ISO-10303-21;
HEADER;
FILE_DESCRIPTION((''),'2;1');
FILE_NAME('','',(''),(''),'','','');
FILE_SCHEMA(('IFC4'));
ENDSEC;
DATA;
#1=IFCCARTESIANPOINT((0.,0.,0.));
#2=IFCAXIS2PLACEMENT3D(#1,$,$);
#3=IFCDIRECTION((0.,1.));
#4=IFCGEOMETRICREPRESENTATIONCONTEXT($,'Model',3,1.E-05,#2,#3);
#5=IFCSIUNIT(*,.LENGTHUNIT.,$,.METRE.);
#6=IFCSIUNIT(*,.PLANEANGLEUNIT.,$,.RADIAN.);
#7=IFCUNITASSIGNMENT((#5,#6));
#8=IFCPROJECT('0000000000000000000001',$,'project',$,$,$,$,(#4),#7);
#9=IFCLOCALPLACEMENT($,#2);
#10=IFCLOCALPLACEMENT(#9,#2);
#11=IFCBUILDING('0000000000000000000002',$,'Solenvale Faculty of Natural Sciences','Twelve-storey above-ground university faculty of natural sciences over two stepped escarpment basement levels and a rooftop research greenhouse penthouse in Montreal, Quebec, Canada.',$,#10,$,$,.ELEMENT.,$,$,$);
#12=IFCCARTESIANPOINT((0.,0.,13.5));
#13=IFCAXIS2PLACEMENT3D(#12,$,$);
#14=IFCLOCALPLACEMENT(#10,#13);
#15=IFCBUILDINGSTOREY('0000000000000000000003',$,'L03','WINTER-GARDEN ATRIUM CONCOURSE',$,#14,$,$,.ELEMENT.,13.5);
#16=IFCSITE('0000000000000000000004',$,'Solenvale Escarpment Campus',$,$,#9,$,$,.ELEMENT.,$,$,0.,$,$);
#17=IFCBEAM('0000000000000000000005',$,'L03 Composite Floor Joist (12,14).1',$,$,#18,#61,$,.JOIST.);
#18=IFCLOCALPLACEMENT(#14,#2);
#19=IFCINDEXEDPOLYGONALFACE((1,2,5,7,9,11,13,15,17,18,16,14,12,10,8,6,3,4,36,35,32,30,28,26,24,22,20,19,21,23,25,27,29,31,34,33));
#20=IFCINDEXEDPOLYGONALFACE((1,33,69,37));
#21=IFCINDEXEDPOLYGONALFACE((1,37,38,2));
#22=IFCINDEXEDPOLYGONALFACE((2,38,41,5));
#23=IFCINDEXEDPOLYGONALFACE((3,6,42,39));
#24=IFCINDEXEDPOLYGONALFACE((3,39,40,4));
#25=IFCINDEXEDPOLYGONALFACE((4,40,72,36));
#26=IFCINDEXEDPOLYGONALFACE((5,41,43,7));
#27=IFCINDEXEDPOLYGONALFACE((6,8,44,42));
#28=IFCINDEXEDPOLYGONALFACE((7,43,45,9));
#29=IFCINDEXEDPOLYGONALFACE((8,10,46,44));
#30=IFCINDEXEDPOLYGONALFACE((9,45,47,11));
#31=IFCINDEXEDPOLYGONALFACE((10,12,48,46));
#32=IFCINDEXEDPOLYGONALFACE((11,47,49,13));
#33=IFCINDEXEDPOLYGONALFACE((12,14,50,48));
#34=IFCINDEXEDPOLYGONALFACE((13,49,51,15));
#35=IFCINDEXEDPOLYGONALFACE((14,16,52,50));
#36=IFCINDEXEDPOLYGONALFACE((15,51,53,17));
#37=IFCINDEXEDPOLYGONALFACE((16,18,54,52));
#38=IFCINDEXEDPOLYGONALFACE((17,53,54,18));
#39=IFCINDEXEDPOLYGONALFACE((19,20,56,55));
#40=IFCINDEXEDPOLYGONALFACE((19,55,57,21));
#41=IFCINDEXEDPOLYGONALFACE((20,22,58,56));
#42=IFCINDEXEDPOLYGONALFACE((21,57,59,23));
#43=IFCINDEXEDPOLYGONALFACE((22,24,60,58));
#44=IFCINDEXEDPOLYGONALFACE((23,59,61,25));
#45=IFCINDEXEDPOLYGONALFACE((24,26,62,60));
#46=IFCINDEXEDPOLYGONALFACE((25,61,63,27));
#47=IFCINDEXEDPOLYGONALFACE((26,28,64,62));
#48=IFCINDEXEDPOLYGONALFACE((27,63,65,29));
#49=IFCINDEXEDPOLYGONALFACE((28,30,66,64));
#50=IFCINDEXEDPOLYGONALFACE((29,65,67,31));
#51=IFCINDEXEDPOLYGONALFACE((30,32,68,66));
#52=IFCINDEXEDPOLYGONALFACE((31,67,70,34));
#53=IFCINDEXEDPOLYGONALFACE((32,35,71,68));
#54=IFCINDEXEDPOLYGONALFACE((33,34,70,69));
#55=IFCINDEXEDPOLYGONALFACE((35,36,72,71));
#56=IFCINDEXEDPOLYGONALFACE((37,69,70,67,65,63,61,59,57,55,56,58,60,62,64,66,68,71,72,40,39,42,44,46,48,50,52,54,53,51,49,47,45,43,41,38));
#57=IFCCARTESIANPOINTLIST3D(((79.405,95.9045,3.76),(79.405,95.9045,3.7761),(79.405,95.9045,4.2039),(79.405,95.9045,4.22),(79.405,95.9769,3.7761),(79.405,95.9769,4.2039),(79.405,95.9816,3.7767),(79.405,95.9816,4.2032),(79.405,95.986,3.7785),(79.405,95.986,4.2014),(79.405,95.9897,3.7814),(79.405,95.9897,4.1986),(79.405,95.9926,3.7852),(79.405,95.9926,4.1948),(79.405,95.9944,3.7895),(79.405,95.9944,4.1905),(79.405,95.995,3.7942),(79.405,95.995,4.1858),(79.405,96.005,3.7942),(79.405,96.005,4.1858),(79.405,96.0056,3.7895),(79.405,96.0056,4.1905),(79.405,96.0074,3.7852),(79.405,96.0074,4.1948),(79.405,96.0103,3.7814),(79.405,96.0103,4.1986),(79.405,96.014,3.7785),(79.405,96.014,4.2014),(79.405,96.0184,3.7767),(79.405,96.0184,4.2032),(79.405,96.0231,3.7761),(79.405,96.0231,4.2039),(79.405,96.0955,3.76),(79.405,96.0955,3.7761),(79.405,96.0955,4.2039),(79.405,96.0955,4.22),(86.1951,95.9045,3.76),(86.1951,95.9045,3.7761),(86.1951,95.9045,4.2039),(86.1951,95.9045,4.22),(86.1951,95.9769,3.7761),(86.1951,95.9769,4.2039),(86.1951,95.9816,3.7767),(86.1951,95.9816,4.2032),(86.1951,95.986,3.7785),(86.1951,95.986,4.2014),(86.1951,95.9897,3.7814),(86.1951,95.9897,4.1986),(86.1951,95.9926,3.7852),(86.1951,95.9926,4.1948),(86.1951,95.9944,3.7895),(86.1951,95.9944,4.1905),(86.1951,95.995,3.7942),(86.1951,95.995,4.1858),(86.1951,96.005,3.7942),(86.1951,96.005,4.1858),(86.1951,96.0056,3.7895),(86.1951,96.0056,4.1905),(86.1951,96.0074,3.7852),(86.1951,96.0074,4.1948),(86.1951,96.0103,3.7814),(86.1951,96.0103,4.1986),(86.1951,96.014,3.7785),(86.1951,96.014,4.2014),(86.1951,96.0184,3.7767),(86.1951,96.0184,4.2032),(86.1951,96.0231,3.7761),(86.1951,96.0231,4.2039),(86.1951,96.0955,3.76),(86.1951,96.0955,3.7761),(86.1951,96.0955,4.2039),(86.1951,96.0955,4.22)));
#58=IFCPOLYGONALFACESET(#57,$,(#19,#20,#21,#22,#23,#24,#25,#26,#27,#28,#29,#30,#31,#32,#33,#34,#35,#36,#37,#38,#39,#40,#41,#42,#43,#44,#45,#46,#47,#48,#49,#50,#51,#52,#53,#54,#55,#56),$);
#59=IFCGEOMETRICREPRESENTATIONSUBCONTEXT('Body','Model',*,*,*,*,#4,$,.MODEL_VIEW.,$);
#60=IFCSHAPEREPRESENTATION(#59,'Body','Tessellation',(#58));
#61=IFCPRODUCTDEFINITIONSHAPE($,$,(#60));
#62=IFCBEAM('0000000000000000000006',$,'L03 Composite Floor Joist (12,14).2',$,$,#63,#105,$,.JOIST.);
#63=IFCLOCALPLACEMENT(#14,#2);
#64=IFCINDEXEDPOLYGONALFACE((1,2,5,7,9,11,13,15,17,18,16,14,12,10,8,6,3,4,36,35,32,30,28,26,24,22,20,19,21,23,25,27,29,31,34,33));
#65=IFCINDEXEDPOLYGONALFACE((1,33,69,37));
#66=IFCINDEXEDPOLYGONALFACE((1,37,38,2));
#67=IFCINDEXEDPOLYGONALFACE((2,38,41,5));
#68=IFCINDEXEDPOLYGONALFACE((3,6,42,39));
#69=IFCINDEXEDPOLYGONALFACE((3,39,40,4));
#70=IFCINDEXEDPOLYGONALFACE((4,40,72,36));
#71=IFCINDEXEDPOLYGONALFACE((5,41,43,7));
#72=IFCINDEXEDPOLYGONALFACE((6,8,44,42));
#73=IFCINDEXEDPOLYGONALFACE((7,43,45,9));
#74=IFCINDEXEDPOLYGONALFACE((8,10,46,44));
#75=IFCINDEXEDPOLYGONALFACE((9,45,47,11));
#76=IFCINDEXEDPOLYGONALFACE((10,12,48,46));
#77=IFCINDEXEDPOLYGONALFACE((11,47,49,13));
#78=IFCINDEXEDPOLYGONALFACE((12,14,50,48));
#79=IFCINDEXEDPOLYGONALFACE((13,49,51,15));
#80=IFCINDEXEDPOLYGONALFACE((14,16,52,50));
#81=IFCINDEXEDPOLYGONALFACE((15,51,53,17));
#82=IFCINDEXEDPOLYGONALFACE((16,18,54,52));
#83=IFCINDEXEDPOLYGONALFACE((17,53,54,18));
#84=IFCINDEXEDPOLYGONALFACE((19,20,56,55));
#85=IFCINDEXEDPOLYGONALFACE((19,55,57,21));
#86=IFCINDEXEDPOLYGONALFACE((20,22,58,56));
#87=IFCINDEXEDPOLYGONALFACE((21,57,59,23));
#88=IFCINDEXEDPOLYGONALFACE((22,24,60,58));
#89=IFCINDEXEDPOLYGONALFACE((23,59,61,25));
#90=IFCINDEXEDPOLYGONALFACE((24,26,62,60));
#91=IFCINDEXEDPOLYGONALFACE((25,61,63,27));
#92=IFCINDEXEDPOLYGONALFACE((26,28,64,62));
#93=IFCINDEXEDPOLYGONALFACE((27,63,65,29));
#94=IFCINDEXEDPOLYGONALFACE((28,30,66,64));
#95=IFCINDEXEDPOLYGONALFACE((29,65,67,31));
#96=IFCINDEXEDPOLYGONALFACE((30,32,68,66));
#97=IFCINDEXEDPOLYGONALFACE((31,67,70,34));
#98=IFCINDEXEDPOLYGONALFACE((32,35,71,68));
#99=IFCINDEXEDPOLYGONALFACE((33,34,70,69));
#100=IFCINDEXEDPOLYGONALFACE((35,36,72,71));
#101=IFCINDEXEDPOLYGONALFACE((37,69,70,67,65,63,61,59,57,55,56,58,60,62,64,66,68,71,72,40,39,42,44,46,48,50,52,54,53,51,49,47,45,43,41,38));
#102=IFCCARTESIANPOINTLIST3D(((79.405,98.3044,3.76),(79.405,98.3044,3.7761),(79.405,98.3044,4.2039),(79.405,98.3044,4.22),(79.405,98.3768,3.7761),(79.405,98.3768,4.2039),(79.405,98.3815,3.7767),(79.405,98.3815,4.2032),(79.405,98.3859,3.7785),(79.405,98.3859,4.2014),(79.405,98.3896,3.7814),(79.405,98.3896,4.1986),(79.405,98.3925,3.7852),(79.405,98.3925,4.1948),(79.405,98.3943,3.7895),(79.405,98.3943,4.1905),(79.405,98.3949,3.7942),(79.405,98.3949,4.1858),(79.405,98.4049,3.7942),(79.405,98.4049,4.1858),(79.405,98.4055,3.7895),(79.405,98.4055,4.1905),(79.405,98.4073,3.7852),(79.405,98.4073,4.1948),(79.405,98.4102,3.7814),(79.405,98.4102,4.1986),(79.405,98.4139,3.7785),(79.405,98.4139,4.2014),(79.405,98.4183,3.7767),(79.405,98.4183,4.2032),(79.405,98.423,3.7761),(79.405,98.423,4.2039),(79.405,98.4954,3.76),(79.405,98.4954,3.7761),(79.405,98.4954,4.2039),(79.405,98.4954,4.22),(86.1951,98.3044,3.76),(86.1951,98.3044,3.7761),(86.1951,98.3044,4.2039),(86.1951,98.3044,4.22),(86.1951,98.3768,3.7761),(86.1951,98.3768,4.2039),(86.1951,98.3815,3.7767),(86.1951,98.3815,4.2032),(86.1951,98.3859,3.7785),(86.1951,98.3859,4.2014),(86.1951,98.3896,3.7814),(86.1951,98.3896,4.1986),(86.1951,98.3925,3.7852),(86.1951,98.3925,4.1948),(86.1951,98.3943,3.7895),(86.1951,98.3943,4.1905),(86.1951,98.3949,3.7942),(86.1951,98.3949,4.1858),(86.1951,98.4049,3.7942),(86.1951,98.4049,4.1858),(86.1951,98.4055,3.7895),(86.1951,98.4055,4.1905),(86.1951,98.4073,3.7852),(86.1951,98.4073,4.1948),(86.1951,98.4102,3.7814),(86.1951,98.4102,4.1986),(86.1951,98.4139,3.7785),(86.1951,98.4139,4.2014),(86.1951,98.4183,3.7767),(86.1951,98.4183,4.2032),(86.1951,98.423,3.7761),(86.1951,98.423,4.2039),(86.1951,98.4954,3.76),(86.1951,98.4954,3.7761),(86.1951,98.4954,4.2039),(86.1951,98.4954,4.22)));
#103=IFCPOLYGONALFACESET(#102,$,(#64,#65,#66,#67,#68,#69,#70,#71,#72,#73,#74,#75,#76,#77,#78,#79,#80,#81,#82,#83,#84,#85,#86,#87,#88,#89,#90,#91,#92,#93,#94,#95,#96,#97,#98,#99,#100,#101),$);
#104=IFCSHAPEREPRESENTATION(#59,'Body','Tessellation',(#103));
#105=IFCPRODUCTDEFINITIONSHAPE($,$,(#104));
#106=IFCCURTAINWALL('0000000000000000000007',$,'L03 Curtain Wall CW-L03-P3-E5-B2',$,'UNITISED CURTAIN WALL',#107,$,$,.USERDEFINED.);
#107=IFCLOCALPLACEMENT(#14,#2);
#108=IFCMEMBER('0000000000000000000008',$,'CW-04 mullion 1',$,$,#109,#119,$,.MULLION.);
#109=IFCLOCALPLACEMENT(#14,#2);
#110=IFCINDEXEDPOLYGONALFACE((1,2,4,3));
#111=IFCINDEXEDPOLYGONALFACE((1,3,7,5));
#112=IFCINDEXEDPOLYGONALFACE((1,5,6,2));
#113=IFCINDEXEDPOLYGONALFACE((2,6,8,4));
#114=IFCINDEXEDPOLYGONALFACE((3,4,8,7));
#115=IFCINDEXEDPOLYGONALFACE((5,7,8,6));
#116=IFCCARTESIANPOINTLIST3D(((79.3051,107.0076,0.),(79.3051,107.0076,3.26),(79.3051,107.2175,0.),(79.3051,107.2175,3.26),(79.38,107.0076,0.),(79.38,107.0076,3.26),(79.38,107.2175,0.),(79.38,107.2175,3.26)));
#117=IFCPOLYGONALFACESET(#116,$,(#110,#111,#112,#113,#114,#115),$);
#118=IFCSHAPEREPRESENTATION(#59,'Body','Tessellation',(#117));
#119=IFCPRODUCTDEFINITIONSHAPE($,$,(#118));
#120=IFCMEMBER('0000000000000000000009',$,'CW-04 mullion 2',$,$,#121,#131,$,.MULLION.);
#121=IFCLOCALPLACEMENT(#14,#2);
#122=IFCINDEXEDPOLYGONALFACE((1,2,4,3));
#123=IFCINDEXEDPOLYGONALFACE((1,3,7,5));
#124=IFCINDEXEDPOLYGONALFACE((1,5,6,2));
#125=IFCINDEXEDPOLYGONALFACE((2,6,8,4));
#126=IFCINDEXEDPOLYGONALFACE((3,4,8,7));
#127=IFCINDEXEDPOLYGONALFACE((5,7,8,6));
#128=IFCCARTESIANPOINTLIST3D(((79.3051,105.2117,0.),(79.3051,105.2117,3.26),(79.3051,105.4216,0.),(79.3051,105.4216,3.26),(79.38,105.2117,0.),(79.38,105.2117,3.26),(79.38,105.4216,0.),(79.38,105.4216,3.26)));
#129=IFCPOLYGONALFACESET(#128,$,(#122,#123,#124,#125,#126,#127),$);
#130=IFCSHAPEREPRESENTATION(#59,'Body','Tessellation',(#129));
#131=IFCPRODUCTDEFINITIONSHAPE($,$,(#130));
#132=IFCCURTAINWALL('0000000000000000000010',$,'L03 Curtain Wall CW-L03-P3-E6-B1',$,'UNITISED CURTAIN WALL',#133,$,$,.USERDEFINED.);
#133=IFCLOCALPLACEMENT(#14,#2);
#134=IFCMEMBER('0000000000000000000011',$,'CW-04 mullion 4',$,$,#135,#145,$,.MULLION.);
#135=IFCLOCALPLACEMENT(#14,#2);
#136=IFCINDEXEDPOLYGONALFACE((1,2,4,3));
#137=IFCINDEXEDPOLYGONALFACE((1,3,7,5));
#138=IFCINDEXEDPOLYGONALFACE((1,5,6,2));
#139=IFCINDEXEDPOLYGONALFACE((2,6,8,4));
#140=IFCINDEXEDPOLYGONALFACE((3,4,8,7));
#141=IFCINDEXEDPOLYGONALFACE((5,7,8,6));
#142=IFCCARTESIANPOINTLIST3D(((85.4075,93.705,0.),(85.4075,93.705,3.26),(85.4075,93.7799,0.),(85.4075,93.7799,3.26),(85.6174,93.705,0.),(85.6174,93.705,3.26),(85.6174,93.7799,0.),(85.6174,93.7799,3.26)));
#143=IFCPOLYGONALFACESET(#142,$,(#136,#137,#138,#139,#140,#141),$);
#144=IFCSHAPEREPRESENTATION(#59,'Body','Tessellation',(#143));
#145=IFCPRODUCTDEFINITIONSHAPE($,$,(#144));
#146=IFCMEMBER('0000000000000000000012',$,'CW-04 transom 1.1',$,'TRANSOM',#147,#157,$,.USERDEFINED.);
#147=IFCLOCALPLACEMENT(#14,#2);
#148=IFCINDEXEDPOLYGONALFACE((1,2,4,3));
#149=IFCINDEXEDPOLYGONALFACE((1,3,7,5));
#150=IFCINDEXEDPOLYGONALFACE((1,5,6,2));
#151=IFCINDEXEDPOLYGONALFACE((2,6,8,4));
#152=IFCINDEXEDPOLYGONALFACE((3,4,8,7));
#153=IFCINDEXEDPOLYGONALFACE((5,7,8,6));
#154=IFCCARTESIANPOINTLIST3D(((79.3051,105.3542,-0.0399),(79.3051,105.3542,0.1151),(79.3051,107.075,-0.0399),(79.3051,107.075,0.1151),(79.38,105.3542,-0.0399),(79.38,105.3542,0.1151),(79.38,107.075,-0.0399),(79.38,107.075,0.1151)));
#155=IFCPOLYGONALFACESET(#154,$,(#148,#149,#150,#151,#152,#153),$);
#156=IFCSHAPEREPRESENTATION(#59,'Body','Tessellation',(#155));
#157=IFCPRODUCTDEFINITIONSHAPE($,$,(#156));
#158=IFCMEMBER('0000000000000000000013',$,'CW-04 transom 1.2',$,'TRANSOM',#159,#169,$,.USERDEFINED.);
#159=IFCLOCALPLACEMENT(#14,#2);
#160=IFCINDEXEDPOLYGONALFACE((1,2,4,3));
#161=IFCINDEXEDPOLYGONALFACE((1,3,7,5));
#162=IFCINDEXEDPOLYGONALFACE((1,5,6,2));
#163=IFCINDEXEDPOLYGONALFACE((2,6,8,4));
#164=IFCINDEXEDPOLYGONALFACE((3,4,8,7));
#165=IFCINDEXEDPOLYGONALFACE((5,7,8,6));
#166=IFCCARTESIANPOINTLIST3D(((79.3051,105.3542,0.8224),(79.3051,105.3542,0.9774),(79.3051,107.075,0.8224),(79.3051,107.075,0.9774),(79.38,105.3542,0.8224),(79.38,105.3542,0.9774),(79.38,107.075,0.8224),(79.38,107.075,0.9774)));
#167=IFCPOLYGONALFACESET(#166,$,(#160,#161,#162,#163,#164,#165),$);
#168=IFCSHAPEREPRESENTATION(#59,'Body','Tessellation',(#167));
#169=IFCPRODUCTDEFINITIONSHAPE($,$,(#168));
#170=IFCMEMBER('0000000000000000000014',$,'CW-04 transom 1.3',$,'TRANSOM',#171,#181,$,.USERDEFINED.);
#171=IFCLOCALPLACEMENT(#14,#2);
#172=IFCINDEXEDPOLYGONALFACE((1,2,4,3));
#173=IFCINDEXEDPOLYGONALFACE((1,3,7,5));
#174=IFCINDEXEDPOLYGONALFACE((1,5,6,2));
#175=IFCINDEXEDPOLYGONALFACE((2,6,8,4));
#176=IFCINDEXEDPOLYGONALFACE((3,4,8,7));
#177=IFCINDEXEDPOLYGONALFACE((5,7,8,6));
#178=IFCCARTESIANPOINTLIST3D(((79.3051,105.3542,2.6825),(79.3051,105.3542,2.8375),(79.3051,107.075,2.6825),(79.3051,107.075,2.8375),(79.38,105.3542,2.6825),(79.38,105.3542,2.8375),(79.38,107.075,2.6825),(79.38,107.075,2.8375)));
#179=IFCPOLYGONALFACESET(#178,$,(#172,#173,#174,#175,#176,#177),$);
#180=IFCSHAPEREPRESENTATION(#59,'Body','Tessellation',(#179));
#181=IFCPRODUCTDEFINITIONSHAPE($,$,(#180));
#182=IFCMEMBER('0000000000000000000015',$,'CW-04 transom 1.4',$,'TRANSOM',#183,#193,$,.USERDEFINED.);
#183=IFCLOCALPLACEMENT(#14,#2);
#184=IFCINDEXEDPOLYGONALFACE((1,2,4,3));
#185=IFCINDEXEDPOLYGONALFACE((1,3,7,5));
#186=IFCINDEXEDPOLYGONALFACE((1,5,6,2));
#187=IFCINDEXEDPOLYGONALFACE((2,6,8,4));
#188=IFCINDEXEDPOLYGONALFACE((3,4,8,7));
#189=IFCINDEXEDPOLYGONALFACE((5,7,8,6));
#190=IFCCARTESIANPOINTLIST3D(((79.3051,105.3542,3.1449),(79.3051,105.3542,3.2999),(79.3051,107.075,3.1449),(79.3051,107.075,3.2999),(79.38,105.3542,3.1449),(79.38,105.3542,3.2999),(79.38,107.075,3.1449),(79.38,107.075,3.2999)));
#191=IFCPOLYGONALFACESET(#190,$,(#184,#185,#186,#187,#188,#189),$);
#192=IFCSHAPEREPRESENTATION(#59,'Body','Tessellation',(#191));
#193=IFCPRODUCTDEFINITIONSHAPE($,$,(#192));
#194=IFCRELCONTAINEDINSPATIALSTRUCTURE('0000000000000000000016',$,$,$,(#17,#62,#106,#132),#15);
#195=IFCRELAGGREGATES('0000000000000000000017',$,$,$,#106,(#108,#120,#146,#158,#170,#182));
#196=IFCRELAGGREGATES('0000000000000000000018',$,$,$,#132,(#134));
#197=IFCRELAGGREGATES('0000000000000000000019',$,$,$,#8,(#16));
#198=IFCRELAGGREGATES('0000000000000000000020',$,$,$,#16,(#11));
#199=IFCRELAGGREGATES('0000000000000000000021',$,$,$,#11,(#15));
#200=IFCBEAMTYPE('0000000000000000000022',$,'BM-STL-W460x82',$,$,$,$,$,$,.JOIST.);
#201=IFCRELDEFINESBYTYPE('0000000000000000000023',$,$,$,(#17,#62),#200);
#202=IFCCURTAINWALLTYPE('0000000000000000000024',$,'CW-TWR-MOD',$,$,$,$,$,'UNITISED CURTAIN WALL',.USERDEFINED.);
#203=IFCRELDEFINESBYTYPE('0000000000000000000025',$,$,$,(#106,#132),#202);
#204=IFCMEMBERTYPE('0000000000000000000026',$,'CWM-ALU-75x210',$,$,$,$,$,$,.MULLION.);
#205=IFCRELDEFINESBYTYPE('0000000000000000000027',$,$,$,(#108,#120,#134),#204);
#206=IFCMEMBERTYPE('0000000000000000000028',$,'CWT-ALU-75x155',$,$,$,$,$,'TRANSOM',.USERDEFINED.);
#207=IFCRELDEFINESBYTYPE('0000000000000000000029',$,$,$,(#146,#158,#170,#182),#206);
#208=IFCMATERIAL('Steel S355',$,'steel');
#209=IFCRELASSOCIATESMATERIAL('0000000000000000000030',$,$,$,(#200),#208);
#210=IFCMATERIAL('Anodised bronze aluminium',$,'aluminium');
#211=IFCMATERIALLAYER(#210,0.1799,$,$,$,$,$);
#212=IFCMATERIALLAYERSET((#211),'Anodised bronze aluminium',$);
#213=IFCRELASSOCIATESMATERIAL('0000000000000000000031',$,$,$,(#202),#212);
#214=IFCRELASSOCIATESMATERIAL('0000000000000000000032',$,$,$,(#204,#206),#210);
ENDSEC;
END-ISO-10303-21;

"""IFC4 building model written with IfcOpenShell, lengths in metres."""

from ifc_helpers import new_model, si_unit, direction, frame, origin, origin_2d, place, context, subcontext, project, spatial, rectangle, i_section, extrude, material, layer, layer_set, material_profile, profile_set, type_object, element, aggregate, save


model = new_model("IFC4")

# Units and contexts
model_context = context("Model", 3, precision=1e-05, world=origin(), true_north=direction((0.0, 1.0)))
body_context = subcontext(model_context, "Body", "Model", "MODEL_VIEW")
ifc_project = project(units=[si_unit("LENGTHUNIT", "METRE"), si_unit("PLANEANGLEUNIT", "RADIAN")], contexts=[model_context])

# Site, building, storey
site_placement = place(None, origin())
site = spatial("IfcSite", under=ifc_project, at=site_placement, Name="Solenvale Escarpment Campus", CompositionType="ELEMENT", RefElevation=0.0)
building_placement = place(site_placement, origin())
building = spatial("IfcBuilding", under=site, at=building_placement, Name="Solenvale Faculty of Natural Sciences", Description="Twelve-storey above-ground university faculty of natural sciences over two stepped escarpment basement levels and a rooftop research greenhouse penthouse in Montreal, Quebec, Canada.", CompositionType="ELEMENT")
storey_placement = place(building_placement, frame((0.0, 0.0, 13.5)))
storey = spatial("IfcBuildingStorey", under=building, at=storey_placement, Name="L03", Description="WINTER-GARDEN ATRIUM CONCOURSE", CompositionType="ELEMENT", Elevation=13.5)

# Beams
ifc_material_1 = material(Name="Steel S355", Category="steel")
ifc_material_profile_1 = material_profile(ifc_material_1, i_section(OverallWidth=0.1909, OverallDepth=0.46, WebThickness=0.01, FlangeThickness=0.0161, FilletRadius=0.0181, at=origin_2d()), Name="W460x82")
ifc_profile_set_1 = profile_set([ifc_material_profile_1], Name="Steel S355")
beam_type_1 = type_object("IfcBeamType", Name="BM-STL-W460x82", PredefinedType="JOIST", material=ifc_profile_set_1)
for number, where, z_axis, x_axis, name in (
    (1, (79.405, 96.0, 3.99), (1.0, 0.0, 0.0), (0.0, 1.0, 0.0), "L03 Composite Floor Joist (12,14).1"),
    (2, (79.405, 98.3999, 3.99), (1.0, 0.0, 0.0), (0.0, 1.0, 0.0), "L03 Composite Floor Joist (12,14).2"),
):
    element("IfcBeam", number, at=place(storey_placement, frame(where, z_axis=z_axis, x_axis=x_axis)), inside=storey, type_object=beam_type_1, Name=name, PredefinedType="JOIST", context=body_context, shape_type="SweptSolid", body=[
        extrude(i_section(OverallWidth=0.1909, OverallDepth=0.46, WebThickness=0.01, FlangeThickness=0.0161, FilletRadius=0.0181, at=origin_2d()), origin(), (0.0, 0.0, 1.0), 6.79),
    ])

# Curtain wall, members
ifc_material_2 = material(Name="Anodised bronze aluminium", Category="aluminium")
ifc_layer_1 = layer(ifc_material_2, 0.1799)
ifc_layer_set_1 = layer_set([ifc_layer_1], Name="Anodised bronze aluminium")
curtain_wall_type = type_object("IfcCurtainWallType", Name="CW-TWR-MOD", ElementType="UNITISED CURTAIN WALL", PredefinedType="USERDEFINED", material=ifc_layer_set_1)
curtain_wall_1_placement = place(storey_placement, origin())
curtain_wall_1 = element("IfcCurtainWall", 3, at=curtain_wall_1_placement, inside=storey, type_object=curtain_wall_type, Name="L03 Curtain Wall CW-L03-P3-E5-B2", ObjectType="UNITISED CURTAIN WALL", PredefinedType="USERDEFINED")
ifc_material_profile_2 = material_profile(ifc_material_2, rectangle(XDim=0.075, YDim=0.21, at=origin_2d()), Name="ALU-MUL-75x210")
ifc_profile_set_2 = profile_set([ifc_material_profile_2], Name="Anodised bronze aluminium")
member_type_1 = type_object("IfcMemberType", Name="CWM-ALU-75x210", PredefinedType="MULLION", material=ifc_profile_set_2)
member_1_placement = place(storey_placement, frame((79.3425, 107.1125, 0.0), z_axis=(0.0, 0.0, 1.0), x_axis=(1.0, 0.0, 0.0)))
member_1 = element("IfcMember", 4, at=member_1_placement, type_object=member_type_1, Name="CW-04 mullion 1", PredefinedType="MULLION", context=body_context, shape_type="SweptSolid", body=[
    extrude(rectangle(XDim=0.075, YDim=0.21, at=origin_2d()), origin(), (0.0, 0.0, 1.0), 3.26),
])
member_2_placement = place(storey_placement, frame((79.3425, 105.3167, 0.0), z_axis=(0.0, 0.0, 1.0), x_axis=(1.0, 0.0, 0.0)))
member_2 = element("IfcMember", 5, at=member_2_placement, type_object=member_type_1, Name="CW-04 mullion 2", PredefinedType="MULLION", context=body_context, shape_type="SweptSolid", body=[
    extrude(rectangle(XDim=0.075, YDim=0.21, at=origin_2d()), origin(), (0.0, 0.0, 1.0), 3.26),
])

# Curtain wall, member
curtain_wall_2_placement = place(storey_placement, origin())
curtain_wall_2 = element("IfcCurtainWall", 6, at=curtain_wall_2_placement, inside=storey, type_object=curtain_wall_type, Name="L03 Curtain Wall CW-L03-P3-E6-B1", ObjectType="UNITISED CURTAIN WALL", PredefinedType="USERDEFINED")
member_3_placement = place(storey_placement, frame((85.5125, 93.7424, 0.0), z_axis=(0.0, 0.0, 1.0), x_axis=(0.0, 1.0, 0.0)))
member_3 = element("IfcMember", 7, at=member_3_placement, type_object=member_type_1, Name="CW-04 mullion 4", PredefinedType="MULLION", context=body_context, shape_type="SweptSolid", body=[
    extrude(rectangle(XDim=0.075, YDim=0.21, at=origin_2d()), origin(), (0.0, 0.0, 1.0), 3.26),
])

# Members
ifc_material_profile_3 = material_profile(ifc_material_2, rectangle(XDim=0.075, YDim=0.155, at=origin_2d()), Name="ALU-TRN-75x155")
ifc_profile_set_3 = profile_set([ifc_material_profile_3], Name="Anodised bronze aluminium")
member_type_2 = type_object("IfcMemberType", Name="CWT-ALU-75x155", ElementType="TRANSOM", PredefinedType="USERDEFINED", material=ifc_profile_set_3)
member_4_placement = place(storey_placement, frame((79.3425, 107.075, 0.0376), z_axis=(0.0, -1.0, 0.0), x_axis=(1.0, 0.0, 0.0)))
member_4 = element("IfcMember", 8, at=member_4_placement, type_object=member_type_2, Name="CW-04 transom 1.1", ObjectType="TRANSOM", PredefinedType="USERDEFINED", context=body_context, shape_type="SweptSolid", body=[
    extrude(rectangle(XDim=0.075, YDim=0.155, at=origin_2d()), origin(), (0.0, 0.0, 1.0), 1.7207),
])
member_5_placement = place(storey_placement, frame((79.3425, 107.075, 0.8999), z_axis=(0.0, -1.0, 0.0), x_axis=(1.0, 0.0, 0.0)))
member_5 = element("IfcMember", 9, at=member_5_placement, type_object=member_type_2, Name="CW-04 transom 1.2", ObjectType="TRANSOM", PredefinedType="USERDEFINED", context=body_context, shape_type="SweptSolid", body=[
    extrude(rectangle(XDim=0.075, YDim=0.155, at=origin_2d()), origin(), (0.0, 0.0, 1.0), 1.7207),
])
member_6_placement = place(storey_placement, frame((79.3425, 107.075, 2.76), z_axis=(0.0, -1.0, 0.0), x_axis=(1.0, 0.0, 0.0)))
member_6 = element("IfcMember", 10, at=member_6_placement, type_object=member_type_2, Name="CW-04 transom 1.3", ObjectType="TRANSOM", PredefinedType="USERDEFINED", context=body_context, shape_type="SweptSolid", body=[
    extrude(rectangle(XDim=0.075, YDim=0.155, at=origin_2d()), origin(), (0.0, 0.0, 1.0), 1.7207),
])
member_7_placement = place(storey_placement, frame((79.3425, 107.075, 3.2224), z_axis=(0.0, -1.0, 0.0), x_axis=(1.0, 0.0, 0.0)))
member_7 = element("IfcMember", 11, at=member_7_placement, type_object=member_type_2, Name="CW-04 transom 1.4", ObjectType="TRANSOM", PredefinedType="USERDEFINED", context=body_context, shape_type="SweptSolid", body=[
    extrude(rectangle(XDim=0.075, YDim=0.155, at=origin_2d()), origin(), (0.0, 0.0, 1.0), 1.7207),
])

aggregate(curtain_wall_1, [member_1, member_2, member_4, member_5, member_6, member_7])
aggregate(curtain_wall_2, [member_3])

save(model, "model.ifc")
